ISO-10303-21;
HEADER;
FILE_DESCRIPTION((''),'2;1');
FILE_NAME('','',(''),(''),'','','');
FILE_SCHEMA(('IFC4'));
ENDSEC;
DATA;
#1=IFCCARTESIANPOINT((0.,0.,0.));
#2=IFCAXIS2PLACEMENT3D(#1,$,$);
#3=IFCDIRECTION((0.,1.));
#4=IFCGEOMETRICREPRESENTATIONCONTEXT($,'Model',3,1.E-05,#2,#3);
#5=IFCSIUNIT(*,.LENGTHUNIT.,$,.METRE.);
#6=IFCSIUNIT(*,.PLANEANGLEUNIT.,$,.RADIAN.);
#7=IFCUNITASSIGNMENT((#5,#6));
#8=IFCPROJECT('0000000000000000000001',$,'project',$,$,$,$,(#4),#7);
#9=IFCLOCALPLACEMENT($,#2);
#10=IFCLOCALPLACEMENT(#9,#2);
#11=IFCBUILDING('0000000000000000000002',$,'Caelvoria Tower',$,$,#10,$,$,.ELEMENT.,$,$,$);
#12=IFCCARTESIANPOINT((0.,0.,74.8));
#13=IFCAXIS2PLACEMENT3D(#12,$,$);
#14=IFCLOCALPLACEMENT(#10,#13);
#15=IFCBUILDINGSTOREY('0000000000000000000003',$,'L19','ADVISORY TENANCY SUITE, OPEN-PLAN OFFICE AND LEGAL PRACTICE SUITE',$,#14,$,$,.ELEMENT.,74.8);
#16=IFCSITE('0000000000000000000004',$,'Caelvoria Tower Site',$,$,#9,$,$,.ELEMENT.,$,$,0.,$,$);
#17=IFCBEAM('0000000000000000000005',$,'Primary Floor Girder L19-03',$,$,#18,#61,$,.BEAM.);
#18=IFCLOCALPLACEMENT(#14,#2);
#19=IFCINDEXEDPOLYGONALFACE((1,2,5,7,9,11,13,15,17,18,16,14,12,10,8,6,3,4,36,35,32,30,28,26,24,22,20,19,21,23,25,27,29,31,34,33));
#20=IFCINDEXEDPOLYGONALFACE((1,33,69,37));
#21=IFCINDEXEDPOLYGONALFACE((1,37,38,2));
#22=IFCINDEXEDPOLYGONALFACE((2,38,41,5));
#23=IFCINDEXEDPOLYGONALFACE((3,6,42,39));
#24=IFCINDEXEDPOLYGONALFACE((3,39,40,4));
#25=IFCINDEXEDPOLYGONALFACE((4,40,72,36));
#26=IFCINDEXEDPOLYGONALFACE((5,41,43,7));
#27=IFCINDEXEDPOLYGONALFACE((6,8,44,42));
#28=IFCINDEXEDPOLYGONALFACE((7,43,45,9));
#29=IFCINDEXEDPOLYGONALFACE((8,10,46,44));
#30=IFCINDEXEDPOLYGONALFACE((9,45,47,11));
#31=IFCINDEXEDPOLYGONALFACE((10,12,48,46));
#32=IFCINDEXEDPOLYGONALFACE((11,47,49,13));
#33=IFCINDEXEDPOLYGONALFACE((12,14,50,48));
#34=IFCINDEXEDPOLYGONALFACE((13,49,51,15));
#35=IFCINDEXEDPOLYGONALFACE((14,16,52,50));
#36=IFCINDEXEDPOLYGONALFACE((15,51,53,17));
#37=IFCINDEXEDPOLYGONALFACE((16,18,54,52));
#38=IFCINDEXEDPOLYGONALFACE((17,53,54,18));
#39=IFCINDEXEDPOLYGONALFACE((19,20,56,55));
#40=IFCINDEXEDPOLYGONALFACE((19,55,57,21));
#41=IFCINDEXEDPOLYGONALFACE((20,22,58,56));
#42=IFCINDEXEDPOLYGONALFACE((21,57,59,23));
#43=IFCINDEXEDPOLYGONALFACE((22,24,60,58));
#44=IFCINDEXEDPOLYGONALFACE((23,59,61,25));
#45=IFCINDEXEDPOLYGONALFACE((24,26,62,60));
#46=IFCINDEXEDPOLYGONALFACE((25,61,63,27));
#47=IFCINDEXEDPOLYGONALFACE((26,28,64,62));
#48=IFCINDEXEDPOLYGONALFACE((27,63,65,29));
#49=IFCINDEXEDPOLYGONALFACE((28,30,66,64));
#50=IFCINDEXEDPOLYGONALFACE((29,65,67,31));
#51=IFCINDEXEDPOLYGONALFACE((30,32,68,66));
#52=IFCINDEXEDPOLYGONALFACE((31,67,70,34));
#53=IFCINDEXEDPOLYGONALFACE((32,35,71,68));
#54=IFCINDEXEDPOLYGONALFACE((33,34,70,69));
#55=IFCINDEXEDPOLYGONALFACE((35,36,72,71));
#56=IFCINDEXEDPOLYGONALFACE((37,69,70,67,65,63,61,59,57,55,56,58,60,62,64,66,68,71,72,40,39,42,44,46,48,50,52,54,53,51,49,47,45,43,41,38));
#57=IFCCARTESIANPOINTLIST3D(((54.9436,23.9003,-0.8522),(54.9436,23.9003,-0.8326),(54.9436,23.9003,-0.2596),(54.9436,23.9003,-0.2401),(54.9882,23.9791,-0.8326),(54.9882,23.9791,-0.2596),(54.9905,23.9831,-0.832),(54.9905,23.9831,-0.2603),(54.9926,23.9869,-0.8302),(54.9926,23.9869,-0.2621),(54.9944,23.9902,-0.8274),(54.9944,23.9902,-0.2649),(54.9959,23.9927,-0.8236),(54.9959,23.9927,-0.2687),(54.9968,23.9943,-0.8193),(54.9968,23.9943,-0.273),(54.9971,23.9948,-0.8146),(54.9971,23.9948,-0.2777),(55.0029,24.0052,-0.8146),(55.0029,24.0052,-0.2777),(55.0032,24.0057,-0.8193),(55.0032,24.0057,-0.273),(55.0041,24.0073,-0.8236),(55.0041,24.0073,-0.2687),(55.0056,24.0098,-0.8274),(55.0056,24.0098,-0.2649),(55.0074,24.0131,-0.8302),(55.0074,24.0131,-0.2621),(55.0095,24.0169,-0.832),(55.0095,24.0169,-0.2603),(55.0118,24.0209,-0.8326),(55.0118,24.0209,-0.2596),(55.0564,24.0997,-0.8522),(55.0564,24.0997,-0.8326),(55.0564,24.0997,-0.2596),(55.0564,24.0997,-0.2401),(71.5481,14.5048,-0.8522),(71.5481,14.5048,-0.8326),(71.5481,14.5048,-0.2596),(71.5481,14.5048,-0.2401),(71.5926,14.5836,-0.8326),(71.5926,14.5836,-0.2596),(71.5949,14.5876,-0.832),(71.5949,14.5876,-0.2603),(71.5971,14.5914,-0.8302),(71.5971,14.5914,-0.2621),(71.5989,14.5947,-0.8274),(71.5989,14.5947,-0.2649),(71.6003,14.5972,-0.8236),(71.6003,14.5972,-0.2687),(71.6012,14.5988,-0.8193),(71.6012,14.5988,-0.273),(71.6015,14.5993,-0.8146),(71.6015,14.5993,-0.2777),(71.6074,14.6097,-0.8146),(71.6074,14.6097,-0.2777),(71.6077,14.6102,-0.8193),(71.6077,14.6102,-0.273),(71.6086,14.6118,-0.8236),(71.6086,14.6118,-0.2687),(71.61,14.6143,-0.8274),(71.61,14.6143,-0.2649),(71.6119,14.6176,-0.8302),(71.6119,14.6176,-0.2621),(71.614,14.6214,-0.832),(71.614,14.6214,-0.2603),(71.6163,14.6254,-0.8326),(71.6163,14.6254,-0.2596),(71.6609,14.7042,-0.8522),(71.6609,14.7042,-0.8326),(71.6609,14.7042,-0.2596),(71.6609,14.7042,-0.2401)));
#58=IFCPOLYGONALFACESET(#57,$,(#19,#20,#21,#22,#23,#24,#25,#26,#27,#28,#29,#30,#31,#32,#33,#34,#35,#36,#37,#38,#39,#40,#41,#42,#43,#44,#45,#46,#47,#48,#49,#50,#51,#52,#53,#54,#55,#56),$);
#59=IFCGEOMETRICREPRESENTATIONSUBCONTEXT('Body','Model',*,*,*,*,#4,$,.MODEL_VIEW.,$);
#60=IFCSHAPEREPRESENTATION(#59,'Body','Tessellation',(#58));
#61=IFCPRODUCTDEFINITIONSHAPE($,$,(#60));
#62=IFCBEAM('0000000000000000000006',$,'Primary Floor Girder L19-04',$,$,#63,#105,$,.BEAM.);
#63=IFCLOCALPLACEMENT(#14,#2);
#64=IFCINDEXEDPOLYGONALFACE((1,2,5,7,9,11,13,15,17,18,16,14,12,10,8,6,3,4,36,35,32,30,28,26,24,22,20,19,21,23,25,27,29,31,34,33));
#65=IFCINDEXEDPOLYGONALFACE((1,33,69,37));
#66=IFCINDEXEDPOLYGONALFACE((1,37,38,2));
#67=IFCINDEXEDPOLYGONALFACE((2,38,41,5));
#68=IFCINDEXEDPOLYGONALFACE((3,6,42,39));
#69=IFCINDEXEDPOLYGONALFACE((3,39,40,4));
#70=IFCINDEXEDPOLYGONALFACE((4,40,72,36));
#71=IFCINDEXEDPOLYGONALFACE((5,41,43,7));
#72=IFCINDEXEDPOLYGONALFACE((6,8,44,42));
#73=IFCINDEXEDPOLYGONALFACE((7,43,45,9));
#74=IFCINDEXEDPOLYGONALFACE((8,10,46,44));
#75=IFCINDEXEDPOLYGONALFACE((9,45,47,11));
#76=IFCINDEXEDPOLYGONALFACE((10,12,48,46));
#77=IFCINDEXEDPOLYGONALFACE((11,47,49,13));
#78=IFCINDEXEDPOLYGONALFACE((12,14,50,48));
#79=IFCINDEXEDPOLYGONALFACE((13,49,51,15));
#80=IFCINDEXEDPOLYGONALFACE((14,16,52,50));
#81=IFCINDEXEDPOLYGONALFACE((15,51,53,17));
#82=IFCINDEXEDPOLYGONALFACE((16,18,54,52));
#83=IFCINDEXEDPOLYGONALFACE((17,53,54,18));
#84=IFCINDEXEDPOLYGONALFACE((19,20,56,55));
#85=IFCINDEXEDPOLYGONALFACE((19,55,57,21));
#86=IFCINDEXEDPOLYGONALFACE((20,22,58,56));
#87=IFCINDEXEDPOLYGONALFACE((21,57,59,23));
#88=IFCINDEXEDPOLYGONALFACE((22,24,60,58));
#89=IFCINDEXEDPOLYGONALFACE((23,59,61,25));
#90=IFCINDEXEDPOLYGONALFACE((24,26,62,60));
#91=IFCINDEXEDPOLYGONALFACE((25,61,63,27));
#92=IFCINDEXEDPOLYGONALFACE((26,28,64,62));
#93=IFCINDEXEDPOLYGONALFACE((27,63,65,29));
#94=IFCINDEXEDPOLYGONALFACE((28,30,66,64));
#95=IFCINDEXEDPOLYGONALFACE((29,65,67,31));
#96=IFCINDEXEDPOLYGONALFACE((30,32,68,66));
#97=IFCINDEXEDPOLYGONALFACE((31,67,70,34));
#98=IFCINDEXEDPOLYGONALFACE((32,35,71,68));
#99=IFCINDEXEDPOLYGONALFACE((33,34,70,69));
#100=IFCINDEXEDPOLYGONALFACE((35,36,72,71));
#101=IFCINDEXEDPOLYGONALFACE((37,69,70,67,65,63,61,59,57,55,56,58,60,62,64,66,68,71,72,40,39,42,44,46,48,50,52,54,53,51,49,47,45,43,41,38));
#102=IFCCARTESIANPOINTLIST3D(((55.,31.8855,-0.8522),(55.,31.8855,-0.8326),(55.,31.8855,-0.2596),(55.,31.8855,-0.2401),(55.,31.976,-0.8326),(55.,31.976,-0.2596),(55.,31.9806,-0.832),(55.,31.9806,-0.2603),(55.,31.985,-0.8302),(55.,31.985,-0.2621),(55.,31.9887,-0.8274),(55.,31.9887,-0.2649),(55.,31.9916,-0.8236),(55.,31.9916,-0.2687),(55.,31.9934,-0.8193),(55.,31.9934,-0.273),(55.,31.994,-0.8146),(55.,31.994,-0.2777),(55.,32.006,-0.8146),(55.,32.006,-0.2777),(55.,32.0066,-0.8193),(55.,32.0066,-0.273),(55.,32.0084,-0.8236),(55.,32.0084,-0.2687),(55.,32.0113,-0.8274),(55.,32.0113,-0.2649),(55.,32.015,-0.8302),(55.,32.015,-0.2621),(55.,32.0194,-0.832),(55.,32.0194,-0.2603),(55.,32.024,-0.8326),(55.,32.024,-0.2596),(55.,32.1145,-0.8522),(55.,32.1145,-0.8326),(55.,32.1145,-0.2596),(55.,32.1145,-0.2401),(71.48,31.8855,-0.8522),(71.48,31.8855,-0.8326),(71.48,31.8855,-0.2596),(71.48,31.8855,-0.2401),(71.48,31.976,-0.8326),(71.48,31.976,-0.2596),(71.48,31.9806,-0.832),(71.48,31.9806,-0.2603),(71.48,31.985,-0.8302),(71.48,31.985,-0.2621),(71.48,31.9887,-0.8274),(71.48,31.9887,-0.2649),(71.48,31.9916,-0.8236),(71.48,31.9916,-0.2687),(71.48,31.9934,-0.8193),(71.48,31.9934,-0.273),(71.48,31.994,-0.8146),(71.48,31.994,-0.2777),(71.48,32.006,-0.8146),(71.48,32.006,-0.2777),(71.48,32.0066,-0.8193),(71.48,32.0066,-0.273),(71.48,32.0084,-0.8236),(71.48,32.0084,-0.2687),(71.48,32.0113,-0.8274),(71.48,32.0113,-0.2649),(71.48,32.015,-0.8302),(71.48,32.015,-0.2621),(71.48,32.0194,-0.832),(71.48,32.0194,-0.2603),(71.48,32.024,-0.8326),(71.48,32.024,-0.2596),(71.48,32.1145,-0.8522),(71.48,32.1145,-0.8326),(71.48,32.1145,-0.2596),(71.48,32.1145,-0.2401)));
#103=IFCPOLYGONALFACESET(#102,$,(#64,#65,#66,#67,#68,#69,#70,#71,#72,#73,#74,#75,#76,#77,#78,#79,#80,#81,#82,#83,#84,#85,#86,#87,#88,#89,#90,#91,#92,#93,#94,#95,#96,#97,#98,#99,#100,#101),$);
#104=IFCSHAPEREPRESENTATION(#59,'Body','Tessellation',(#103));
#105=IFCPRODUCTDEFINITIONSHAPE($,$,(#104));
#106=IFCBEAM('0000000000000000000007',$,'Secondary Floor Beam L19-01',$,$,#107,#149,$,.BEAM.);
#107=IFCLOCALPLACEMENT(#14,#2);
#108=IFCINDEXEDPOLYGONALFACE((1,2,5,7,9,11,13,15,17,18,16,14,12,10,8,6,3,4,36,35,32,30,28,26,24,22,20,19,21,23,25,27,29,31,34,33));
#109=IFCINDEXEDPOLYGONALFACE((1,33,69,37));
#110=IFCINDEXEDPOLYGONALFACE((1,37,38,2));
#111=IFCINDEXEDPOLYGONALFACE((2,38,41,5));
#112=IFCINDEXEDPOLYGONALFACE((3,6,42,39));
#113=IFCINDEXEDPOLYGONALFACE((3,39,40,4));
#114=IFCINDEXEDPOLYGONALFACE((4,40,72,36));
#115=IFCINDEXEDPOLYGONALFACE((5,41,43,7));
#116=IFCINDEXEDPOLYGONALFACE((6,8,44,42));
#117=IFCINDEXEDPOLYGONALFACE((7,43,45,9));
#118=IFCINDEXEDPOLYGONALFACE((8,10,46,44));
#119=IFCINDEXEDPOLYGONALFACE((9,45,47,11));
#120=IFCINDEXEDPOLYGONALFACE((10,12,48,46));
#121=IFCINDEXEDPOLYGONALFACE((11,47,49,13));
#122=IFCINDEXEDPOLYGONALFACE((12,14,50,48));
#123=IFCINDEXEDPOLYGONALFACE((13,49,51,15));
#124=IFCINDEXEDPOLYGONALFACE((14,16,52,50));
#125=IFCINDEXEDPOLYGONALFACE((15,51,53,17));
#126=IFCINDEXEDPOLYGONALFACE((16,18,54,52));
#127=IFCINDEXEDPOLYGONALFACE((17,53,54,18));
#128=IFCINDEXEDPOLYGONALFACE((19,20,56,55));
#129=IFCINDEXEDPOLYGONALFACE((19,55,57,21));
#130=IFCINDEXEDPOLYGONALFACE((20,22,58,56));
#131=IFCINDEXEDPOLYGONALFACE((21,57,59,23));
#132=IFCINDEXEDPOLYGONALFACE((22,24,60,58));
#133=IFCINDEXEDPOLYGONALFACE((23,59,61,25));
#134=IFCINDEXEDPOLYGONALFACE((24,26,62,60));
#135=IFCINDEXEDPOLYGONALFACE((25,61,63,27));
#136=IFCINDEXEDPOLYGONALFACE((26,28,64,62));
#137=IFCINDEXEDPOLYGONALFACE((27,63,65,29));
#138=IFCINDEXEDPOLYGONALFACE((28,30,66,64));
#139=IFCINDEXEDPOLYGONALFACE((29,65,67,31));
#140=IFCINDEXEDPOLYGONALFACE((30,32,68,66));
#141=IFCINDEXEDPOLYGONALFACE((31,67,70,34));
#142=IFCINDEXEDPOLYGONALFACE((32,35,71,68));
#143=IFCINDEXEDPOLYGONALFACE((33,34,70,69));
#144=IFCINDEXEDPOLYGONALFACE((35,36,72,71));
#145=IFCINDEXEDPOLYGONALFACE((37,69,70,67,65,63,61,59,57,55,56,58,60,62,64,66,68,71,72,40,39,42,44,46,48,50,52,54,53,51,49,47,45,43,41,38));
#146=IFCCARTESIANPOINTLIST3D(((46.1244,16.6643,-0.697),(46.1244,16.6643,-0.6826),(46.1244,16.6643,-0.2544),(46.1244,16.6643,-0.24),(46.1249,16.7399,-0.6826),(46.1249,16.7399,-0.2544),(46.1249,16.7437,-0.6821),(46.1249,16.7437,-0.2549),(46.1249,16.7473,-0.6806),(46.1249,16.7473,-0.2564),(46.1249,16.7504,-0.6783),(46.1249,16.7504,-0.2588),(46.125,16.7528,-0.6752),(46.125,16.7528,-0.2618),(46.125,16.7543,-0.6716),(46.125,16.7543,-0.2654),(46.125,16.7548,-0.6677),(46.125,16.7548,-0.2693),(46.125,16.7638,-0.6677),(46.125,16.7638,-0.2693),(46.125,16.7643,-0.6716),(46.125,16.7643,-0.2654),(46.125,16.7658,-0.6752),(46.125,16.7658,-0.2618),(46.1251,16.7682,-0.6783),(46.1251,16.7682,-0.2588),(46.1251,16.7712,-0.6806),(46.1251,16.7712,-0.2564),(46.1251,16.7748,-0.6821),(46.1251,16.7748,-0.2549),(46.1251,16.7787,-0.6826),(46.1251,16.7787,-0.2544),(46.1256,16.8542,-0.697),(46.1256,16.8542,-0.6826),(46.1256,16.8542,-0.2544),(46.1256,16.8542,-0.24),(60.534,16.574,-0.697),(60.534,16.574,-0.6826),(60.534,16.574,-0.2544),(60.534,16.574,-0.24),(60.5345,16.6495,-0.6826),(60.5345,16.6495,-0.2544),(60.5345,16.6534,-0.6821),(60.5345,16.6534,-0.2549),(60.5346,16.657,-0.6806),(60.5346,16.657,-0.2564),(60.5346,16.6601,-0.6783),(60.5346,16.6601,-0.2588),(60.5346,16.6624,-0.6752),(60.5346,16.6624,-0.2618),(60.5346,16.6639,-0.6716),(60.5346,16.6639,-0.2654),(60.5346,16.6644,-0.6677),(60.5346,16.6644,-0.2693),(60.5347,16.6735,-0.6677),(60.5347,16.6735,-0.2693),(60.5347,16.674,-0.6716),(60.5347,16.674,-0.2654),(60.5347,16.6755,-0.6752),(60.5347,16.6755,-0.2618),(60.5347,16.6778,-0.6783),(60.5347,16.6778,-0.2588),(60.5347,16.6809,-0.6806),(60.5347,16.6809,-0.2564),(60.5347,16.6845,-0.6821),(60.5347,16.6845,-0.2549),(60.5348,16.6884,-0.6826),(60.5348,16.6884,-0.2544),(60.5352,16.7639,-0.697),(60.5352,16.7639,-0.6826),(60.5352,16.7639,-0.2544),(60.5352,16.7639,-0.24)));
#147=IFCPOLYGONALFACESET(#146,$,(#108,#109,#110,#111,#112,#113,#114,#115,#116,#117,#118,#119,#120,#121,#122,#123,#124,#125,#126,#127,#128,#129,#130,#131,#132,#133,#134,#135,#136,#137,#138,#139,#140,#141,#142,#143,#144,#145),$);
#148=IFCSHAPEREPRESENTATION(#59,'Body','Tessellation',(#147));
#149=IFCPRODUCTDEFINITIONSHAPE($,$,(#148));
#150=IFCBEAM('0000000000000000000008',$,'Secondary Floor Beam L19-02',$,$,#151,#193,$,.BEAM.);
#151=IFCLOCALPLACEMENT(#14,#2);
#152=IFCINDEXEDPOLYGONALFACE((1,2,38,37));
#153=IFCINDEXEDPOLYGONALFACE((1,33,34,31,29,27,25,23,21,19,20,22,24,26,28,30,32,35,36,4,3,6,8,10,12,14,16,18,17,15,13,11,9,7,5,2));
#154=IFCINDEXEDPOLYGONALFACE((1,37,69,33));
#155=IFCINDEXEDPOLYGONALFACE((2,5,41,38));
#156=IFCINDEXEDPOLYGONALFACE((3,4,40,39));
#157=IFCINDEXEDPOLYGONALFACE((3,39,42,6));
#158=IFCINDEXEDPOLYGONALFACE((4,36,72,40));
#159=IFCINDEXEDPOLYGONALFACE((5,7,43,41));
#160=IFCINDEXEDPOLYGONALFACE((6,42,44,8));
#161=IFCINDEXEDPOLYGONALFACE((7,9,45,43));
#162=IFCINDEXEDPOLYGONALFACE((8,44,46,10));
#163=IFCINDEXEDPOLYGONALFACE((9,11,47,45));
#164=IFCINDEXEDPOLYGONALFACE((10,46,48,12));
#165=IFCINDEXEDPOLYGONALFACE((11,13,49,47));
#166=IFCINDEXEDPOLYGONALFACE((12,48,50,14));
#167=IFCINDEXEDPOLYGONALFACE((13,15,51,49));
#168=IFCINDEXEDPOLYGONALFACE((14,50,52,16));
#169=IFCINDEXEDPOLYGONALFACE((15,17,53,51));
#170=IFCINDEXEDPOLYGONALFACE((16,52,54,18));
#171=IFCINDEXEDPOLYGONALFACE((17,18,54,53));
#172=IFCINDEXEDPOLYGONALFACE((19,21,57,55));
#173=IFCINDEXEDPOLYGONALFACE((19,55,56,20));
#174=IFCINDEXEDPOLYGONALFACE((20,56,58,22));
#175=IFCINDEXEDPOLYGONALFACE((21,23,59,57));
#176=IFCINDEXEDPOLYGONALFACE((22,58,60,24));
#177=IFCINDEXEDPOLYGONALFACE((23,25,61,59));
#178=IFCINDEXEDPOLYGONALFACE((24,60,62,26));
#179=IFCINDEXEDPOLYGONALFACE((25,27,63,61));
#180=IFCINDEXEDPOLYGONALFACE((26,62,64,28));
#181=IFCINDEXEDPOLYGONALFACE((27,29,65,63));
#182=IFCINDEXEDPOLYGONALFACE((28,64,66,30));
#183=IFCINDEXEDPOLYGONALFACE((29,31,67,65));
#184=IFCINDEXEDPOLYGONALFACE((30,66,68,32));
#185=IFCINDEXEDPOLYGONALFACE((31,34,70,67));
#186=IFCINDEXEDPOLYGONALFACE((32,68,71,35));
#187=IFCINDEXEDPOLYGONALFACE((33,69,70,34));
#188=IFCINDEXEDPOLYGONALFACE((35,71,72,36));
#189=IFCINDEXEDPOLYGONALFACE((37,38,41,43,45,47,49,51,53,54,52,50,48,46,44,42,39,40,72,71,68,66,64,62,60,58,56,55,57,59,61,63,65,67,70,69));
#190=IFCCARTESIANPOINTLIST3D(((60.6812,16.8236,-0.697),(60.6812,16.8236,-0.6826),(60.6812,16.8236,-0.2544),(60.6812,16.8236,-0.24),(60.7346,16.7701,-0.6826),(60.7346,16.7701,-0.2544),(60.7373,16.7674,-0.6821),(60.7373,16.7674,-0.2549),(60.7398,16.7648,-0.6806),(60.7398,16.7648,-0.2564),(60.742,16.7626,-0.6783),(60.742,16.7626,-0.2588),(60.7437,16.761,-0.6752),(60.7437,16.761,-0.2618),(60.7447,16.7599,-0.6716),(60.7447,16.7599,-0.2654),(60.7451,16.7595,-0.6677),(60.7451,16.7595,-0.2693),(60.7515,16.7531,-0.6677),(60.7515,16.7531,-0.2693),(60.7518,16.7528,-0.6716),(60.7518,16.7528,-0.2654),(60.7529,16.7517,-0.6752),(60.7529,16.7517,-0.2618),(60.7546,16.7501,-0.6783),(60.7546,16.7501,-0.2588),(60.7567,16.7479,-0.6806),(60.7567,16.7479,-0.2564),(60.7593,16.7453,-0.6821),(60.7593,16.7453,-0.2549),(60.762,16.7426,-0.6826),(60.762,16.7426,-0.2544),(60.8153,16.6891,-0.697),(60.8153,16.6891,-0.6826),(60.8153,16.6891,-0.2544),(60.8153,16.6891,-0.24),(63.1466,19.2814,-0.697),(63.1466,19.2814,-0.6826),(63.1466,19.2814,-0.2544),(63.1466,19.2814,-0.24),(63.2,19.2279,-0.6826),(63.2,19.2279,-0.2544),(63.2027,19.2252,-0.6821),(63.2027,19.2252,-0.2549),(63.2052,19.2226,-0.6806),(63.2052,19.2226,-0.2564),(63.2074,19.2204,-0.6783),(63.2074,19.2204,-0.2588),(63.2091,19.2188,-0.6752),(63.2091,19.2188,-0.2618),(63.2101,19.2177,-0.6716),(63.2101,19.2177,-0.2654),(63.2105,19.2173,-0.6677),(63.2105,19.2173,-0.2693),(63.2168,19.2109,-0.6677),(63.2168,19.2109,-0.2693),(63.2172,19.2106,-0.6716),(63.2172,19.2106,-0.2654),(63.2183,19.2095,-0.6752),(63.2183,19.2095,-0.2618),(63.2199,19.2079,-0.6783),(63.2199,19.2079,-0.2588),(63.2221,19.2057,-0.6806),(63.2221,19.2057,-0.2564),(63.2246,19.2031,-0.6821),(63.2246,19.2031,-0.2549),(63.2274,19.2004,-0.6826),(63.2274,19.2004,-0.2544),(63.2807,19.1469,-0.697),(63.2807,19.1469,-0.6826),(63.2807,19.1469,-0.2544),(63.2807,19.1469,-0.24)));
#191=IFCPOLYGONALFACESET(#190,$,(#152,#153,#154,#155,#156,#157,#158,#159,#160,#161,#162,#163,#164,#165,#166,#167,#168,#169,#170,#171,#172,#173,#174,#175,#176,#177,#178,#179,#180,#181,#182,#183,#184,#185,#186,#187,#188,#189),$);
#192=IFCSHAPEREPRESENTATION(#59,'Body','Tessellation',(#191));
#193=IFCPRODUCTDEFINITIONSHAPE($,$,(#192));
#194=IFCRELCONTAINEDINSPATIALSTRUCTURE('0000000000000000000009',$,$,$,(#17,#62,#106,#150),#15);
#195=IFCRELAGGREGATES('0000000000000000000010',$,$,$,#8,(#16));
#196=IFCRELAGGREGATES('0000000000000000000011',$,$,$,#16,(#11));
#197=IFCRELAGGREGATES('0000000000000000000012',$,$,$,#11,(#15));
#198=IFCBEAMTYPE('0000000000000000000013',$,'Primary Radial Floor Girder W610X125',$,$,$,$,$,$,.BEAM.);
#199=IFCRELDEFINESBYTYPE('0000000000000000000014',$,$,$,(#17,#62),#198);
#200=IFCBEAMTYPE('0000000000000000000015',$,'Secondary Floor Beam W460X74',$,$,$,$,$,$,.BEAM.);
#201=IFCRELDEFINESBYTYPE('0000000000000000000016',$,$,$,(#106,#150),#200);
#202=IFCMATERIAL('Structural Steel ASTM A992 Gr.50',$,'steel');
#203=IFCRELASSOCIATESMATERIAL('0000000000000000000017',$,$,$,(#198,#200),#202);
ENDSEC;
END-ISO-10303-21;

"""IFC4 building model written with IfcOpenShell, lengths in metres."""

from ifc_helpers import new_model, si_unit, direction, frame, origin, origin_2d, place, context, subcontext, project, spatial, i_section, extrude, material, material_profile, profile_set, type_object, element, save


model = new_model("IFC4")

# Units and contexts
model_context = context("Model", 3, precision=1e-05, world=origin(), true_north=direction((0.0, 1.0)))
body_context = subcontext(model_context, "Body", "Model", "MODEL_VIEW")
ifc_project = project(units=[si_unit("LENGTHUNIT", "METRE"), si_unit("PLANEANGLEUNIT", "RADIAN")], contexts=[model_context])

# Site, building, storey
site_placement = place(None, origin())
site = spatial("IfcSite", under=ifc_project, at=site_placement, Name="Caelvoria Tower Site", CompositionType="ELEMENT", RefElevation=0.0)
building_placement = place(site_placement, origin())
building = spatial("IfcBuilding", under=site, at=building_placement, Name="Caelvoria Tower", CompositionType="ELEMENT")
storey_placement = place(building_placement, frame((0.0, 0.0, 74.8)))
storey = spatial("IfcBuildingStorey", under=building, at=storey_placement, Name="L19", Description="ADVISORY TENANCY SUITE, OPEN-PLAN OFFICE AND LEGAL PRACTICE SUITE", CompositionType="ELEMENT", Elevation=74.8)

# Beams
ifc_material_1 = material(Name="Structural Steel ASTM A992 Gr.50", Category="steel")
ifc_material_profile_1 = material_profile(ifc_material_1, i_section(OverallWidth=0.229, OverallDepth=0.6121, WebThickness=0.012, FlangeThickness=0.0195, FilletRadius=0.0181, at=origin_2d()), Name="Structural Steel ASTM A992 Gr.50")
ifc_profile_set_1 = profile_set([ifc_material_profile_1], Name="W610X125 - Structural Steel ASTM A992 Gr.50")
beam_type_1 = type_object("IfcBeamType", Name="Primary Radial Floor Girder W610X125", PredefinedType="BEAM", material=ifc_profile_set_1)
beam_1_placement = place(storey_placement, frame((55.0, 24.0, -0.5461), z_axis=(0.87033, -0.492469, 0.0), x_axis=(0.492469, 0.87033, 0.0)))
element("IfcBeam", 1, at=beam_1_placement, inside=storey, type_object=beam_type_1, Name="Primary Floor Girder L19-03", PredefinedType="BEAM", context=body_context, shape_type="SweptSolid", body=[
    extrude(i_section(OverallWidth=0.229, OverallDepth=0.6121, WebThickness=0.012, FlangeThickness=0.0195, FilletRadius=0.0181, at=origin_2d()), origin(), (0.0, 0.0, 1.0), 19.0784),
])
beam_2_placement = place(storey_placement, frame((55.0, 32.0, -0.5461), z_axis=(1.0, 0.0, 0.0), x_axis=(0.0, 1.0, 0.0)))
element("IfcBeam", 2, at=beam_2_placement, inside=storey, type_object=beam_type_1, Name="Primary Floor Girder L19-04", PredefinedType="BEAM", context=body_context, shape_type="SweptSolid", body=[
    extrude(i_section(OverallWidth=0.229, OverallDepth=0.6121, WebThickness=0.012, FlangeThickness=0.0195, FilletRadius=0.0181, at=origin_2d()), origin(), (0.0, 0.0, 1.0), 16.48),
])
ifc_material_profile_2 = material_profile(ifc_material_1, i_section(OverallWidth=0.1899, OverallDepth=0.457, WebThickness=0.009, FlangeThickness=0.0144, FilletRadius=0.0149, at=origin_2d()), Name="Structural Steel ASTM A992 Gr.50")
ifc_profile_set_2 = profile_set([ifc_material_profile_2], Name="W460X74 - Structural Steel ASTM A992 Gr.50")
beam_type_2 = type_object("IfcBeamType", Name="Secondary Floor Beam W460X74", PredefinedType="BEAM", material=ifc_profile_set_2)
beam_3_placement = place(storey_placement, frame((46.125, 16.7593, -0.4685), z_axis=(0.99998, -0.006269, 0.0), x_axis=(0.006269, 0.99998, 0.0)))
element("IfcBeam", 3, at=beam_3_placement, inside=storey, type_object=beam_type_2, Name="Secondary Floor Beam L19-01", PredefinedType="BEAM", context=body_context, shape_type="SweptSolid", body=[
    extrude(i_section(OverallWidth=0.1899, OverallDepth=0.457, WebThickness=0.009, FlangeThickness=0.0144, FilletRadius=0.0149, at=origin_2d()), origin(), (0.0, 0.0, 1.0), 14.4099),
])
beam_4_placement = place(storey_placement, frame((60.7483, 16.7563, -0.4685), z_axis=(0.708193, 0.706019, 0.0), x_axis=(-0.706019, 0.708193, 0.0)))
element("IfcBeam", 4, at=beam_4_placement, inside=storey, type_object=beam_type_2, Name="Secondary Floor Beam L19-02", PredefinedType="BEAM", context=body_context, shape_type="SweptSolid", body=[
    extrude(i_section(OverallWidth=0.1899, OverallDepth=0.457, WebThickness=0.009, FlangeThickness=0.0144, FilletRadius=0.0149, at=origin_2d()), origin(), (0.0, 0.0, 1.0), 3.4812),
])

save(model, "model.ifc")
